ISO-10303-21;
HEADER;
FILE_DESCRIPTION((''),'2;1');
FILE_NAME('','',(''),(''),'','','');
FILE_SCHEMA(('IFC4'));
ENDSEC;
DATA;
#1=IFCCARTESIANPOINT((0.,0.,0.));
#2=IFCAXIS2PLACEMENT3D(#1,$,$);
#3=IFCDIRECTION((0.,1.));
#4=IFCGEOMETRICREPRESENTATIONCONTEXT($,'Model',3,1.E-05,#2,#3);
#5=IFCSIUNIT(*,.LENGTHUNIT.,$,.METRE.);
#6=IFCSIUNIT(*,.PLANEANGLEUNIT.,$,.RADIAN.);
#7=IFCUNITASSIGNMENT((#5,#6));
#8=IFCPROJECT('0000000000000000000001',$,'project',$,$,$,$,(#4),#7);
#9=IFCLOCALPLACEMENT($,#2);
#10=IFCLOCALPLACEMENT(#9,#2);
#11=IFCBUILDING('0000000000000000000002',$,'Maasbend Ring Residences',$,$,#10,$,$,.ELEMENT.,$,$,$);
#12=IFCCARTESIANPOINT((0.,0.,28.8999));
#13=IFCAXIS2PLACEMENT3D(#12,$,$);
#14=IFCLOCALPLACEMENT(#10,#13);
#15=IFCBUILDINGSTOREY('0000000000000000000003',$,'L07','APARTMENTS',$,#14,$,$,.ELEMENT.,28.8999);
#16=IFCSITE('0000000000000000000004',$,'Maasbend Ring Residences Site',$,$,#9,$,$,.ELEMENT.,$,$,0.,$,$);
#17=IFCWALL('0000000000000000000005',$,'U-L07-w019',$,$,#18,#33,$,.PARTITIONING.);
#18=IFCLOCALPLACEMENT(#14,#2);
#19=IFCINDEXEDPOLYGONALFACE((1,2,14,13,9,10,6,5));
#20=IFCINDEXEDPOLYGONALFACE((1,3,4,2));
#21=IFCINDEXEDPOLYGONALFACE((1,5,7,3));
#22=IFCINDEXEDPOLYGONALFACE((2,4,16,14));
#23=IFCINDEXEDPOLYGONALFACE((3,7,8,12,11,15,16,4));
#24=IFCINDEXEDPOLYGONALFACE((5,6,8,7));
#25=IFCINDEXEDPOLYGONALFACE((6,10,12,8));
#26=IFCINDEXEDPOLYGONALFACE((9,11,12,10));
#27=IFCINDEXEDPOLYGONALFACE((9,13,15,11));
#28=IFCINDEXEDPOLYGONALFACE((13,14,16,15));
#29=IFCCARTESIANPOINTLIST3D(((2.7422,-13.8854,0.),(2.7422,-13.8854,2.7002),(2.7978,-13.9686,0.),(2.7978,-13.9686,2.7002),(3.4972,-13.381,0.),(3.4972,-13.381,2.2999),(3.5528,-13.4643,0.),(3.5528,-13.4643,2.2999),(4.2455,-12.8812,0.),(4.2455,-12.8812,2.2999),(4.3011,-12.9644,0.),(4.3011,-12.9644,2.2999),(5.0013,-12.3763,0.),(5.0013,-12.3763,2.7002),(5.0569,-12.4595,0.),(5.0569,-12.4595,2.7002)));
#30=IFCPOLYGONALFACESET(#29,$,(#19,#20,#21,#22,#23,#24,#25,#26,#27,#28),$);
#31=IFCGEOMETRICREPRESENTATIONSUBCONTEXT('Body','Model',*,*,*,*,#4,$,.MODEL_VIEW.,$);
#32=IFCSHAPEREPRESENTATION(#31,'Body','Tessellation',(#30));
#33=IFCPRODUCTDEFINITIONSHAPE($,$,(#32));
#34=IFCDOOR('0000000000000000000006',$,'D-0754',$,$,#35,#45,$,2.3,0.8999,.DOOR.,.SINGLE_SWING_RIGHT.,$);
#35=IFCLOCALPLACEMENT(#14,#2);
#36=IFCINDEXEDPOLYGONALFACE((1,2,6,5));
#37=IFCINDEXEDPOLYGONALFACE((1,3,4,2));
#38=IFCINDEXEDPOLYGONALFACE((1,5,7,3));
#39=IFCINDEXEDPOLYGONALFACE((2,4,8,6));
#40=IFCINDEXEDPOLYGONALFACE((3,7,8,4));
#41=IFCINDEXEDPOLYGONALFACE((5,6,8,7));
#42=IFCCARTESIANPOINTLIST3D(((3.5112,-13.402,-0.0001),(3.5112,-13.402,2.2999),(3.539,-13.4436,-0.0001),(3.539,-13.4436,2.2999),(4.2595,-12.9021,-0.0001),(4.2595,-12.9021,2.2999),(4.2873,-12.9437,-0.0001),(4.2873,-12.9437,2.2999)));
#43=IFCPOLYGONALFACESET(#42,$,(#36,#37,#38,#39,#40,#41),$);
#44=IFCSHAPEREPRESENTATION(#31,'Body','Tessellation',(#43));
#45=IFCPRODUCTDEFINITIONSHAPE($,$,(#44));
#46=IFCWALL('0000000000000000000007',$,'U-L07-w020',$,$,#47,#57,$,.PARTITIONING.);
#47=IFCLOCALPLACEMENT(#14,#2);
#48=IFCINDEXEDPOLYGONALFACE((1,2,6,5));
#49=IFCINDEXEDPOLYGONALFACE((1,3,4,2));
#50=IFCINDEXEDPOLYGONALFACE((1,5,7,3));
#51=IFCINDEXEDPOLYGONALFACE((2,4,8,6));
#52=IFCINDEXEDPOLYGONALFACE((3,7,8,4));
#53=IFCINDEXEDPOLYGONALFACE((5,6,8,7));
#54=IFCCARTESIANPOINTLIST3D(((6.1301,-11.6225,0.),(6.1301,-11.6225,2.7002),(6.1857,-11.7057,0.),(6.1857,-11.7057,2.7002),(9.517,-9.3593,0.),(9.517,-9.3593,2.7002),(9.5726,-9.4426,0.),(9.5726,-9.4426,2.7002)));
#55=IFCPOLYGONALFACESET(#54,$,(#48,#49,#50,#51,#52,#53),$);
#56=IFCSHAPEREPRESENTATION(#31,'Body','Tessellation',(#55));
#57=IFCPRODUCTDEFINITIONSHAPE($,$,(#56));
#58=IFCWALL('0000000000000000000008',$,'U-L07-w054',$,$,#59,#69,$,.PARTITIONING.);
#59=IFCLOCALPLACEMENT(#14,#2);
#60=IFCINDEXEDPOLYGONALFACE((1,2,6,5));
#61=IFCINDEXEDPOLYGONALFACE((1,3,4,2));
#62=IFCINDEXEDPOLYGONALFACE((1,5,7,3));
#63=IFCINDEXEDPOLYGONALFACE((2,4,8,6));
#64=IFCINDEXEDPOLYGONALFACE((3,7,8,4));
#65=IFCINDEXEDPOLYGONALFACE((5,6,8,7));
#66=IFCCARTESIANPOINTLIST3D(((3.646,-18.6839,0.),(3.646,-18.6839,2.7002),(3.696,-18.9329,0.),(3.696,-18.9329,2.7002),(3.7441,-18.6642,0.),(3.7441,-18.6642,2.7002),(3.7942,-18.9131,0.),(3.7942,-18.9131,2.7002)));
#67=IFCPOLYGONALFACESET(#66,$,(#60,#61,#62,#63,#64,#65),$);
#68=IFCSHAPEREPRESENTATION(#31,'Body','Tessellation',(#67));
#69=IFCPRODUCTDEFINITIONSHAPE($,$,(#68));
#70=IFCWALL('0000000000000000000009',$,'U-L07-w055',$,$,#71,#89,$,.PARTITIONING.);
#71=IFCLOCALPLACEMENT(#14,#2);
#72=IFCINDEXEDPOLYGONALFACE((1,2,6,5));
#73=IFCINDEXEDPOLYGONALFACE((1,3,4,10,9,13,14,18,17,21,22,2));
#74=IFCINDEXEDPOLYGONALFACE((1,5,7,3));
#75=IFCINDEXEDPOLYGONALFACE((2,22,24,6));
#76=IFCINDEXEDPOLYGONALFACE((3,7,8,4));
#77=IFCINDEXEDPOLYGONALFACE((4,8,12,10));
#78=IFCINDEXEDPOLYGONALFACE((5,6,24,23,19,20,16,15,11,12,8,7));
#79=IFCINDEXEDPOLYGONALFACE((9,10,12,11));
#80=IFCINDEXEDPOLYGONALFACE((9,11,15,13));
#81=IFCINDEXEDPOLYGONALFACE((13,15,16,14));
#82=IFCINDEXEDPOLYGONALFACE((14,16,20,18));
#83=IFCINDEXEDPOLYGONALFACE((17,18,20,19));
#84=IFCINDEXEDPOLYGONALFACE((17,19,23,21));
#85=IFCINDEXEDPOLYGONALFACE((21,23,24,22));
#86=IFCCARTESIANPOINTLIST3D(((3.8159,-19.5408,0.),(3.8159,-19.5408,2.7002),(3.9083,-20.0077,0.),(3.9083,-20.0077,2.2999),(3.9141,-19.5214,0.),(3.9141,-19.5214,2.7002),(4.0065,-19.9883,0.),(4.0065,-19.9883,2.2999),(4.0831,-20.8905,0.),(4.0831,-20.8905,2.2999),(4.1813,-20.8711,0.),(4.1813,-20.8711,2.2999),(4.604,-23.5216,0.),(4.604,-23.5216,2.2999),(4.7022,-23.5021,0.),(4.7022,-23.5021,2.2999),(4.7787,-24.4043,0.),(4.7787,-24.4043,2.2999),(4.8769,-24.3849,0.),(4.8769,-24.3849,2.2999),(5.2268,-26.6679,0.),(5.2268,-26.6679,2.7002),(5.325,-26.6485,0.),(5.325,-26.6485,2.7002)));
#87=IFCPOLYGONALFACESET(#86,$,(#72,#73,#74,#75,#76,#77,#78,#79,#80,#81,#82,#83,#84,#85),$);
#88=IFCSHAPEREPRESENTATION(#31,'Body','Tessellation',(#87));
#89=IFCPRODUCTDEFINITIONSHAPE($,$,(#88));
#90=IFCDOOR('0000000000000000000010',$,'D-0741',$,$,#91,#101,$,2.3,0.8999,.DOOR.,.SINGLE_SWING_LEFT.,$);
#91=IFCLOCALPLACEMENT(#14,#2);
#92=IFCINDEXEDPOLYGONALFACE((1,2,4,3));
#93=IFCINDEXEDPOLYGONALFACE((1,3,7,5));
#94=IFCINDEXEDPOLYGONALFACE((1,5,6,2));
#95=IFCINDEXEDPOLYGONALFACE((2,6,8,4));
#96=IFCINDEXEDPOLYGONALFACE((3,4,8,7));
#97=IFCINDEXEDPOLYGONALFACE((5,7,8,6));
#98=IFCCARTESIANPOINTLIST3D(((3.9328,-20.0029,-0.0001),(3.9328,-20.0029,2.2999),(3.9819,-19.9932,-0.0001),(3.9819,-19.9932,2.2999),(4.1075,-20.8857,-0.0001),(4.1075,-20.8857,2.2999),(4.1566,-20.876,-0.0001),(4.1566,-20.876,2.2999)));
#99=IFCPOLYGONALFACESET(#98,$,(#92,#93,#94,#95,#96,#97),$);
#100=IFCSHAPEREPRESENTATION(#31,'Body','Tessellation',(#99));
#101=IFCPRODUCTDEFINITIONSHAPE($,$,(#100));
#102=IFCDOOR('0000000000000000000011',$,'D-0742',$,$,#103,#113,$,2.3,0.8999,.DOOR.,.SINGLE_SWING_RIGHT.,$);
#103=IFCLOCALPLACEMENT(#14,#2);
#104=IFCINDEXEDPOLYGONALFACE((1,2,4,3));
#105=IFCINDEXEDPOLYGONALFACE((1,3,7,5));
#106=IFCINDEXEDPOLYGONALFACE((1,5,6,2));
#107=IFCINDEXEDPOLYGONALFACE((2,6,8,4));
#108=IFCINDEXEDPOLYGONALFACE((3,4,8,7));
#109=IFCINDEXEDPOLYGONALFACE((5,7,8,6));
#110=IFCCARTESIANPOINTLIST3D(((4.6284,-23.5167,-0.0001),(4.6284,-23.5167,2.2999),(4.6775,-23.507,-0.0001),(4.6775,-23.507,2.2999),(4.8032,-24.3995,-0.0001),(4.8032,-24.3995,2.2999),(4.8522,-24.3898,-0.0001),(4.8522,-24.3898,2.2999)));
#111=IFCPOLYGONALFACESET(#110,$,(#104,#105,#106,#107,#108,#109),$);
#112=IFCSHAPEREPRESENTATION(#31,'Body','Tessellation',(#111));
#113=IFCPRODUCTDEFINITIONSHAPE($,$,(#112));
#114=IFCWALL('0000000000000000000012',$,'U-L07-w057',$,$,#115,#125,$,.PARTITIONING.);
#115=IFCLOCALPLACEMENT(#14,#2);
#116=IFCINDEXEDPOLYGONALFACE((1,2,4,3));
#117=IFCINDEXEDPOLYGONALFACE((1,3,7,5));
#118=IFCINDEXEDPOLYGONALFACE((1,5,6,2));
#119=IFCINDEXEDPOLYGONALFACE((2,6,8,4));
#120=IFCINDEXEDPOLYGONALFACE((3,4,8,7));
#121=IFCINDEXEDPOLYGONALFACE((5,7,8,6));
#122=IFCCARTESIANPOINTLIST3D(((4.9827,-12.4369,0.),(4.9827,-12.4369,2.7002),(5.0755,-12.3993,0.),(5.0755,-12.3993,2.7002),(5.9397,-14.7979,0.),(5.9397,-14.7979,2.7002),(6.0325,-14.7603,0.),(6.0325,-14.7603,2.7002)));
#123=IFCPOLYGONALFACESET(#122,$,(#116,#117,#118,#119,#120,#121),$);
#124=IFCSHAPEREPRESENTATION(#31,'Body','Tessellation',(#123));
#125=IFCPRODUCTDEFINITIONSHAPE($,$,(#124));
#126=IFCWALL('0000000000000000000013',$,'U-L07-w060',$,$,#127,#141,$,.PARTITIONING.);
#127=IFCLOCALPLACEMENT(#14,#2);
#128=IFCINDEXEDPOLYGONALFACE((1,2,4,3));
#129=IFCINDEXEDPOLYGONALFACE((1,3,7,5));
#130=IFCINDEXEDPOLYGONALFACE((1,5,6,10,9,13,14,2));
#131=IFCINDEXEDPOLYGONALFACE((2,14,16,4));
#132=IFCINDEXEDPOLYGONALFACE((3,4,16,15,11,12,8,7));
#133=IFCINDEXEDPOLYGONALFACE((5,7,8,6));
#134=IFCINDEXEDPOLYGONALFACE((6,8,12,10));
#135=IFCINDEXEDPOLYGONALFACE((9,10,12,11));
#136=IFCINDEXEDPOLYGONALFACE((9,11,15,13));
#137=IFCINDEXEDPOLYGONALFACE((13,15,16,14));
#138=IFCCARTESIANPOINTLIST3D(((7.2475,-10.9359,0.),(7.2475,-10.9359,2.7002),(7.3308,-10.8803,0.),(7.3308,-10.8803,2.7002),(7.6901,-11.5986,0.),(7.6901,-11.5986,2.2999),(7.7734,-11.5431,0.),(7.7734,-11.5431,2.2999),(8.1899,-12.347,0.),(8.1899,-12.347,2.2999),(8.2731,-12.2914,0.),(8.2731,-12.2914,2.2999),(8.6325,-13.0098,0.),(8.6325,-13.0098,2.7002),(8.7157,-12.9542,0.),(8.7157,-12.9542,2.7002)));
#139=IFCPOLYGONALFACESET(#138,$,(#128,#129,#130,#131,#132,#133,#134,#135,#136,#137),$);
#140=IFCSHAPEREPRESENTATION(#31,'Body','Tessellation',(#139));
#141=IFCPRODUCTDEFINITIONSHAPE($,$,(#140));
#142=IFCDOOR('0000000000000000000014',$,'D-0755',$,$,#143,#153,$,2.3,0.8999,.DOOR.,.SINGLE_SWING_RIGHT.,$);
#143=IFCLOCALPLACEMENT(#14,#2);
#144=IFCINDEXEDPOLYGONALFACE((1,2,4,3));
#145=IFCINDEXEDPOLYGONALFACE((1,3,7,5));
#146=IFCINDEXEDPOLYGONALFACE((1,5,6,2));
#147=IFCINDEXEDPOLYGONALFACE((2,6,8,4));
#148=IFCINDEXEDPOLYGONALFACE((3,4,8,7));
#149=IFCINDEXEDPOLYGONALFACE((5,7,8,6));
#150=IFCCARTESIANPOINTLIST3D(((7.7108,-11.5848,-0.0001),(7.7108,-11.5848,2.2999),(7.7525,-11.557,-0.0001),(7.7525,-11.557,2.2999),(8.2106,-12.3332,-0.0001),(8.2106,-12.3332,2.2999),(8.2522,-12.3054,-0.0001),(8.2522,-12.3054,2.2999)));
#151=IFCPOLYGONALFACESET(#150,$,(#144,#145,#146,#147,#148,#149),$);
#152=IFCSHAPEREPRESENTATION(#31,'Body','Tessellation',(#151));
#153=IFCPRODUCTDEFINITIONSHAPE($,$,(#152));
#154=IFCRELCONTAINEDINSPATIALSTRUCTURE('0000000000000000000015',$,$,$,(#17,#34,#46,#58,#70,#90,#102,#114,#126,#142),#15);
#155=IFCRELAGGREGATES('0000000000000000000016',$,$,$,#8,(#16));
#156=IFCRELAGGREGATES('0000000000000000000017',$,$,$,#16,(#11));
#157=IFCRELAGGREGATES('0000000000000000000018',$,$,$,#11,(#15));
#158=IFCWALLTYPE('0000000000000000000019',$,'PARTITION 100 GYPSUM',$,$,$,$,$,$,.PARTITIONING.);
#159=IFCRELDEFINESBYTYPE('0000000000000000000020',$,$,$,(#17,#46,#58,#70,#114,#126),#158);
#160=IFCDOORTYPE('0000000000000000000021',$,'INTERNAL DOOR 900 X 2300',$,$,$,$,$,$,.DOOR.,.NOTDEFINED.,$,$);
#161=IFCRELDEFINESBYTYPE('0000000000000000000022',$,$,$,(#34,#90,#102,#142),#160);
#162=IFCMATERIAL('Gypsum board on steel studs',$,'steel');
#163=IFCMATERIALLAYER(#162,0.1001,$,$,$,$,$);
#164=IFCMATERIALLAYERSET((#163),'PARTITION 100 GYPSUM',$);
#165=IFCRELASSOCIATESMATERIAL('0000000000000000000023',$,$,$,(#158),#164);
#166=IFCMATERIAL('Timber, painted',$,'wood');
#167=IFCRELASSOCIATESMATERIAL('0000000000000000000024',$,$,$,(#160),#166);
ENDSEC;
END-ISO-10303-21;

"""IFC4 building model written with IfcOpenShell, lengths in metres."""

from ifc_helpers import new_model, si_unit, direction, frame, frame_2d, origin, place, context, subcontext, project, spatial, rectangle, extrude, material, layer, layer_set, type_object, element, fill, save


model = new_model("IFC4")

# Units and contexts
model_context = context("Model", 3, precision=1e-05, world=origin(), true_north=direction((0.0, 1.0)))
body_context = subcontext(model_context, "Body", "Model", "MODEL_VIEW")
ifc_project = project(units=[si_unit("LENGTHUNIT", "METRE"), si_unit("PLANEANGLEUNIT", "RADIAN")], contexts=[model_context])

# Site, building, storey
site_placement = place(None, origin())
site = spatial("IfcSite", under=ifc_project, at=site_placement, Name="Maasbend Ring Residences Site", CompositionType="ELEMENT", RefElevation=0.0)
building_placement = place(site_placement, origin())
building = spatial("IfcBuilding", under=site, at=building_placement, Name="Maasbend Ring Residences", CompositionType="ELEMENT")
storey_placement = place(building_placement, frame((0.0, 0.0, 28.8999)))
storey = spatial("IfcBuildingStorey", under=building, at=storey_placement, Name="L07", Description="APARTMENTS", CompositionType="ELEMENT", Elevation=28.8999)

# Wall, opening, door
ifc_material_1 = material(Name="Gypsum board on steel studs", Category="steel")
ifc_layer_1 = layer(ifc_material_1, 0.1001)
ifc_layer_set_1 = layer_set([ifc_layer_1], Name="PARTITION 100 GYPSUM")
wall_type_1 = type_object("IfcWallType", Name="PARTITION 100 GYPSUM", PredefinedType="PARTITIONING", material=ifc_layer_set_1)
wall_1_placement = place(storey_placement, frame((2.77, -13.927, 0.0), z_axis=(0.0, 0.0, 1.0), x_axis=(0.831538, 0.555467, 0.0)))
wall_1 = element("IfcWall", 1, at=wall_1_placement, inside=storey, type_object=wall_type_1, Name="U-L07-w019", PredefinedType="PARTITIONING", context=body_context, shape_type="SweptSolid", body=[
    extrude(rectangle(XDim=2.7168, YDim=0.1001, at=frame_2d((1.3584, 0.0))), origin(), (0.0, 0.0, 1.0), 2.7002),
])
opening_1_placement = place(wall_1_placement, frame((0.908, 0.0, 0.0)))
opening_1 = element("IfcOpeningElement", 2, at=opening_1_placement, cuts=wall_1, PredefinedType="OPENING", context=body_context, shape_type="SweptSolid", body=[
    extrude(rectangle(XDim=0.8999, YDim=2.3, at=frame_2d((0.45, 1.1499))), frame((0.0, 0.0601, 0.0), z_axis=(0.0, -1.0, 0.0), x_axis=(1.0, 0.0, 0.0)), (0.0, 0.0, 1.0), 0.1201),
])
ifc_material_2 = material(Name="Timber, painted", Category="wood")
door_type_1 = type_object("IfcDoorType", Name="INTERNAL DOOR 900 X 2300", OperationType="NOTDEFINED", PredefinedType="DOOR", material=ifc_material_2)
door_1_placement = place(opening_1_placement, origin())
door_1 = element("IfcDoor", 3, at=door_1_placement, inside=storey, type_object=door_type_1, Name="D-0754", OperationType="SINGLE_SWING_RIGHT", OverallHeight=2.3, OverallWidth=0.8999, PredefinedType="DOOR", context=body_context, shape_type="SweptSolid", body=[
    extrude(rectangle(XDim=0.8999, YDim=2.3, at=frame_2d((0.45, 1.1499))), frame((0.0, 0.0249, 0.0), z_axis=(0.0, -1.0, 0.0), x_axis=(1.0, 0.0, 0.0)), (0.0, 0.0, 1.0), 0.05),
])
fill(opening_1, door_1)

# Walls
wall_2_placement = place(storey_placement, frame((6.158, -11.6641, 0.0), z_axis=(0.0, 0.0, 1.0), x_axis=(0.83146, 0.555585, 0.0)))
element("IfcWall", 4, at=wall_2_placement, inside=storey, type_object=wall_type_1, Name="U-L07-w020", PredefinedType="PARTITIONING", context=body_context, shape_type="SweptSolid", body=[
    extrude(rectangle(XDim=4.0735, YDim=0.1001, at=frame_2d((2.0366, 0.0))), origin(), (0.0, 0.0, 1.0), 2.7002),
])
wall_3_placement = place(storey_placement, frame((3.6951, -18.6741, 0.0), z_axis=(0.0, 0.0, 1.0), x_axis=(0.19704, -0.980395, 0.0)))
element("IfcWall", 5, at=wall_3_placement, inside=storey, type_object=wall_type_1, Name="U-L07-w054", PredefinedType="PARTITIONING", context=body_context, shape_type="SweptSolid", body=[
    extrude(rectangle(XDim=0.2539, YDim=0.1001, at=frame_2d((0.127, 0.0))), origin(), (0.0, 0.0, 1.0), 2.7002),
])

# Wall, openings, doors
wall_4_placement = place(storey_placement, frame((3.865, -19.531, 0.0), z_axis=(0.0, 0.0, 1.0), x_axis=(0.194196, -0.980963, 0.0)))
wall_4 = element("IfcWall", 6, at=wall_4_placement, inside=storey, type_object=wall_type_1, Name="U-L07-w055", PredefinedType="PARTITIONING", context=body_context, shape_type="SweptSolid", body=[
    extrude(rectangle(XDim=7.2654, YDim=0.1001, at=frame_2d((3.6328, 0.0))), origin(), (0.0, 0.0, 1.0), 2.7002),
])
opening_2_placement = place(wall_4_placement, frame((0.4761, 0.0, 0.0)))
opening_2 = element("IfcOpeningElement", 7, at=opening_2_placement, cuts=wall_4, PredefinedType="OPENING", context=body_context, shape_type="SweptSolid", body=[
    extrude(rectangle(XDim=0.8999, YDim=2.3, at=frame_2d((0.45, 1.1499))), frame((0.0, 0.0601, 0.0), z_axis=(0.0, -1.0, 0.0), x_axis=(1.0, 0.0, 0.0)), (0.0, 0.0, 1.0), 0.1201),
])
opening_3_placement = place(wall_4_placement, frame((4.0581, 0.0, 0.0)))
opening_3 = element("IfcOpeningElement", 8, at=opening_3_placement, cuts=wall_4, PredefinedType="OPENING", context=body_context, shape_type="SweptSolid", body=[
    extrude(rectangle(XDim=0.8999, YDim=2.3, at=frame_2d((0.45, 1.1499))), frame((0.0, 0.0601, 0.0), z_axis=(0.0, -1.0, 0.0), x_axis=(1.0, 0.0, 0.0)), (0.0, 0.0, 1.0), 0.1201),
])
door_2_placement = place(opening_2_placement, origin())
door_2 = element("IfcDoor", 9, at=door_2_placement, inside=storey, type_object=door_type_1, Name="D-0741", OperationType="SINGLE_SWING_LEFT", OverallHeight=2.3, OverallWidth=0.8999, PredefinedType="DOOR", context=body_context, shape_type="SweptSolid", body=[
    extrude(rectangle(XDim=0.8999, YDim=2.3, at=frame_2d((0.45, 1.1499))), frame((0.0, 0.0249, 0.0), z_axis=(0.0, -1.0, 0.0), x_axis=(1.0, 0.0, 0.0)), (0.0, 0.0, 1.0), 0.05),
])
fill(opening_2, door_2)
door_3_placement = place(opening_3_placement, origin())
door_3 = element("IfcDoor", 10, at=door_3_placement, inside=storey, type_object=door_type_1, Name="D-0742", OperationType="SINGLE_SWING_RIGHT", OverallHeight=2.3, OverallWidth=0.8999, PredefinedType="DOOR", context=body_context, shape_type="SweptSolid", body=[
    extrude(rectangle(XDim=0.8999, YDim=2.3, at=frame_2d((0.45, 1.1499))), frame((0.0, 0.0249, 0.0), z_axis=(0.0, -1.0, 0.0), x_axis=(1.0, 0.0, 0.0)), (0.0, 0.0, 1.0), 0.05),
])
fill(opening_3, door_3)

# Wall
wall_5_placement = place(storey_placement, frame((5.0291, -12.418, 0.0), z_axis=(0.0, 0.0, 1.0), x_axis=(0.375649, -0.926762, 0.0)))
element("IfcWall", 11, at=wall_5_placement, inside=storey, type_object=wall_type_1, Name="U-L07-w057", PredefinedType="PARTITIONING", context=body_context, shape_type="SweptSolid", body=[
    extrude(rectangle(XDim=2.5476, YDim=0.1001, at=frame_2d((1.2739, 0.0))), origin(), (0.0, 0.0, 1.0), 2.7002),
])

# Wall, opening, door
wall_6_placement = place(storey_placement, frame((7.2891, -10.908, 0.0), z_axis=(0.0, 0.0, 1.0), x_axis=(0.555355, -0.831613, 0.0)))
wall_6 = element("IfcWall", 12, at=wall_6_placement, inside=storey, type_object=wall_type_1, Name="U-L07-w060", PredefinedType="PARTITIONING", context=body_context, shape_type="SweptSolid", body=[
    extrude(rectangle(XDim=2.4939, YDim=0.1001, at=frame_2d((1.2471, 0.0))), origin(), (0.0, 0.0, 1.0), 2.7002),
])
opening_4_placement = place(wall_6_placement, frame((0.7971, 0.0, 0.0)))
opening_4 = element("IfcOpeningElement", 13, at=opening_4_placement, cuts=wall_6, PredefinedType="OPENING", context=body_context, shape_type="SweptSolid", body=[
    extrude(rectangle(XDim=0.8999, YDim=2.3, at=frame_2d((0.45, 1.1499))), frame((0.0, 0.0601, 0.0), z_axis=(0.0, -1.0, 0.0), x_axis=(1.0, 0.0, 0.0)), (0.0, 0.0, 1.0), 0.1201),
])
door_4_placement = place(opening_4_placement, origin())
door_4 = element("IfcDoor", 14, at=door_4_placement, inside=storey, type_object=door_type_1, Name="D-0755", OperationType="SINGLE_SWING_RIGHT", OverallHeight=2.3, OverallWidth=0.8999, PredefinedType="DOOR", context=body_context, shape_type="SweptSolid", body=[
    extrude(rectangle(XDim=0.8999, YDim=2.3, at=frame_2d((0.45, 1.1499))), frame((0.0, 0.0249, 0.0), z_axis=(0.0, -1.0, 0.0), x_axis=(1.0, 0.0, 0.0)), (0.0, 0.0, 1.0), 0.05),
])
fill(opening_4, door_4)

save(model, "model.ifc")
